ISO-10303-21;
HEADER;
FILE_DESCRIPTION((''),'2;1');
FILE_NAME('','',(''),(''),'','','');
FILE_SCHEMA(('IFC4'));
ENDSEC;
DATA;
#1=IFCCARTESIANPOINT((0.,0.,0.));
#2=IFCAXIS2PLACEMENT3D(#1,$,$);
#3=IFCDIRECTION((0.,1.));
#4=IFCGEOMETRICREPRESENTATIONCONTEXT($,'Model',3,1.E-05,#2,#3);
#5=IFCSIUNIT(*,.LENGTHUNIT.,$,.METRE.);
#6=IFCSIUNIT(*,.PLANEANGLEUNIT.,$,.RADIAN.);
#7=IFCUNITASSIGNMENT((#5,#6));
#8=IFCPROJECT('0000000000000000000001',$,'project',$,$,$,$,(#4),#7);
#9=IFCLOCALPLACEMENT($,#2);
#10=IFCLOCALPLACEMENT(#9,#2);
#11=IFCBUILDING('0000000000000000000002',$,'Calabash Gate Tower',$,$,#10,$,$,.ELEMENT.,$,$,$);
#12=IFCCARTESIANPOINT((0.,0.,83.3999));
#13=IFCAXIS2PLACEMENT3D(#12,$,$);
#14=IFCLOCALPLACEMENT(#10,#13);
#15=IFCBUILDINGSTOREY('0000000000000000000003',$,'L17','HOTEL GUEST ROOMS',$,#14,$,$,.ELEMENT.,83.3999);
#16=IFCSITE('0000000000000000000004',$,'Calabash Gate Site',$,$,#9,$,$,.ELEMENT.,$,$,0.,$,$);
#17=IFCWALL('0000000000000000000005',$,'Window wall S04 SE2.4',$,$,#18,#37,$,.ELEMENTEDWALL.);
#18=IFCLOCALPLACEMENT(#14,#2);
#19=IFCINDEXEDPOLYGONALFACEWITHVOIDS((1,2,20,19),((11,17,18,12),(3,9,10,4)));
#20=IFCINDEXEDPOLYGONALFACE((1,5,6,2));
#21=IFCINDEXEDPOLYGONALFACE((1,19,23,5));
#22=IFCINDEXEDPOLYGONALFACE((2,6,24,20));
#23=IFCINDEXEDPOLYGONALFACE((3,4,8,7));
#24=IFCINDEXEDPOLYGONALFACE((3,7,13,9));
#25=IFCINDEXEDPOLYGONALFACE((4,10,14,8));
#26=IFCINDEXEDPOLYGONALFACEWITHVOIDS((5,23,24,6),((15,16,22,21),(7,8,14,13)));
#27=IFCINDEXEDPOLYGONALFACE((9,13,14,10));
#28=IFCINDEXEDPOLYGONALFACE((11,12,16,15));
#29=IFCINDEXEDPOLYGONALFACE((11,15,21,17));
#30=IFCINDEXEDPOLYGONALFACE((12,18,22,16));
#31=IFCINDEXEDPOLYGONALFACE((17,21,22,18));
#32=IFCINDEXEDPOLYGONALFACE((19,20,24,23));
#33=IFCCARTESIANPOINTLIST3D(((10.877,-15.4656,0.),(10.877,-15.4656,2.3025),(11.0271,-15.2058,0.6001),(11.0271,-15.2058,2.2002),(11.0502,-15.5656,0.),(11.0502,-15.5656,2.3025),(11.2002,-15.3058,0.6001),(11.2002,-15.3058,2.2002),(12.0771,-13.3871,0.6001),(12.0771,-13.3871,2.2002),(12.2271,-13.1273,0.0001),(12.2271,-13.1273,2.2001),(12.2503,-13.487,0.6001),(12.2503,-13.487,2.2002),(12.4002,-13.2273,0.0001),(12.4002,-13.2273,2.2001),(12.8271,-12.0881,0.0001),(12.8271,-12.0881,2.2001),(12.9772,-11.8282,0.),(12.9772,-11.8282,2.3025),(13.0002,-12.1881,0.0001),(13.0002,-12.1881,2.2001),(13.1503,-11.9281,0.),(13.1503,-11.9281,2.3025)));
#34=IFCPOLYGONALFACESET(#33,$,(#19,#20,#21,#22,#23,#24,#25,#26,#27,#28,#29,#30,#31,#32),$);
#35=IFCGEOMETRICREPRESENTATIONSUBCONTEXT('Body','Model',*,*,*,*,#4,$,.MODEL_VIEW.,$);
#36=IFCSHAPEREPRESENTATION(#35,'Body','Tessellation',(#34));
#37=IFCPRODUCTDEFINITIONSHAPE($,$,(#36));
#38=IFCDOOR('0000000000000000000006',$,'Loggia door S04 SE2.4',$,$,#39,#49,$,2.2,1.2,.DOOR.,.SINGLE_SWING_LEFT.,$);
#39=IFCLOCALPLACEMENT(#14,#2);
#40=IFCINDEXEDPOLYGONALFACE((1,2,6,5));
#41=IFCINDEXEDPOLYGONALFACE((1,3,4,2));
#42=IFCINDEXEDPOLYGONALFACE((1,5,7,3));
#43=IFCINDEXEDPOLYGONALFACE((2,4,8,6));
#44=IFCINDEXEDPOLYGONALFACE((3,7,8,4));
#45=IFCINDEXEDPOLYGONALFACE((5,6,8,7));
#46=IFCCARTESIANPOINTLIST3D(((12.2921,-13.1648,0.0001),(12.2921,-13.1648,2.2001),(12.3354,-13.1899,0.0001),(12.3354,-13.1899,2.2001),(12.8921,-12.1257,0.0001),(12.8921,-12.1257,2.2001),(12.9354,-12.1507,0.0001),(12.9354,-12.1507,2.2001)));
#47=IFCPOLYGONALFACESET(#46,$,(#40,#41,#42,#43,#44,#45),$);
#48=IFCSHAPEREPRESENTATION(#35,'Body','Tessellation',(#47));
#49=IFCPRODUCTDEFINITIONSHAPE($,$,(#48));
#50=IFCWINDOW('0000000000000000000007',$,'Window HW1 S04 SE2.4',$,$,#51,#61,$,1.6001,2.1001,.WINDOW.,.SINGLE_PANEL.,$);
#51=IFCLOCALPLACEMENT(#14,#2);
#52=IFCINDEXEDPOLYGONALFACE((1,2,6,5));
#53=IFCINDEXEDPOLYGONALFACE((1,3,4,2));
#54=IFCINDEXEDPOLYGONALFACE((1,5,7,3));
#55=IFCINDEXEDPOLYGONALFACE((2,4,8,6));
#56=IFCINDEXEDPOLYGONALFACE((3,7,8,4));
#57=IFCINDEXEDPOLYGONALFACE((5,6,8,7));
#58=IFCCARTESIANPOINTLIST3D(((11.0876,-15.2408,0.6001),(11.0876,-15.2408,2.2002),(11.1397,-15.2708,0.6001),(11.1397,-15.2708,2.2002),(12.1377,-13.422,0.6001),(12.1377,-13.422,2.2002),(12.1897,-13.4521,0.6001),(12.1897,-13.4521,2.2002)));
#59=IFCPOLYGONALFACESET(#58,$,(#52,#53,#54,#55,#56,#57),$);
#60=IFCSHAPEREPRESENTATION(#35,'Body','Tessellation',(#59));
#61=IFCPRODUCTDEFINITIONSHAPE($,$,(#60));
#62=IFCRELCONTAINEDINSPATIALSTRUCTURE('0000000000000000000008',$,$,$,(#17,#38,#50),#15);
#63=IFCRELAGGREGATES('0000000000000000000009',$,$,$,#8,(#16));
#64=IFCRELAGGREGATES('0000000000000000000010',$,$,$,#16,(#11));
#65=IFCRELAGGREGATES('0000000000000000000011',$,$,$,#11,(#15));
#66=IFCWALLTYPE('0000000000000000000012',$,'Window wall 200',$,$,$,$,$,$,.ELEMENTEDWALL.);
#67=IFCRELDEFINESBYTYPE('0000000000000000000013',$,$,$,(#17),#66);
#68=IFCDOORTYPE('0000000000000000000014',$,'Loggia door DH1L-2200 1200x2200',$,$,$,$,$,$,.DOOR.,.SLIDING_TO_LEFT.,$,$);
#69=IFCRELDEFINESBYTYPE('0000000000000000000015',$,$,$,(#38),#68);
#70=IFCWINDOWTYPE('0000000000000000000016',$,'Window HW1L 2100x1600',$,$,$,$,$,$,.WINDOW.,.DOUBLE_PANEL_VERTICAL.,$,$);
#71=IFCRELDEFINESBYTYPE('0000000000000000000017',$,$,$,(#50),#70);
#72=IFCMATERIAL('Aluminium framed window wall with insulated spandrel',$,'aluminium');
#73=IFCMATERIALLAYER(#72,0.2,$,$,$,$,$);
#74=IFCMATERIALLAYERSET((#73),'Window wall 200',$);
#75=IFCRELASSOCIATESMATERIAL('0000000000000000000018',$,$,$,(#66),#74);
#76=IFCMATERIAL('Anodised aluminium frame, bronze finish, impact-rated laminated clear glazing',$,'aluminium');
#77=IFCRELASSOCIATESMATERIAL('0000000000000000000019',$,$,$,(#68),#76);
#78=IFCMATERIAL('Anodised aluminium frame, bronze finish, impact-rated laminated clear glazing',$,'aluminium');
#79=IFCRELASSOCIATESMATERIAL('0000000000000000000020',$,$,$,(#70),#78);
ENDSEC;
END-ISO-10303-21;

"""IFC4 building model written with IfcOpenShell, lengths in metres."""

from ifc_helpers import new_model, si_unit, direction, frame, frame_2d, origin, place, context, subcontext, project, spatial, rectangle, extrude, material, layer, layer_set, type_object, element, fill, save


model = new_model("IFC4")

# Units and contexts
model_context = context("Model", 3, precision=1e-05, world=origin(), true_north=direction((0.0, 1.0)))
body_context = subcontext(model_context, "Body", "Model", "MODEL_VIEW")
ifc_project = project(units=[si_unit("LENGTHUNIT", "METRE"), si_unit("PLANEANGLEUNIT", "RADIAN")], contexts=[model_context])

# Site, building, storey
site_placement = place(None, origin())
site = spatial("IfcSite", under=ifc_project, at=site_placement, Name="Calabash Gate Site", CompositionType="ELEMENT", RefElevation=0.0)
building_placement = place(site_placement, origin())
building = spatial("IfcBuilding", under=site, at=building_placement, Name="Calabash Gate Tower", CompositionType="ELEMENT")
storey_placement = place(building_placement, frame((0.0, 0.0, 83.3999)))
storey = spatial("IfcBuildingStorey", under=building, at=storey_placement, Name="L17", Description="HOTEL GUEST ROOMS", CompositionType="ELEMENT", Elevation=83.3999)

# Wall, openings, door, window
ifc_material_1 = material(Name="Aluminium framed window wall with insulated spandrel", Category="aluminium")
ifc_layer_1 = layer(ifc_material_1, 0.2)
ifc_layer_set_1 = layer_set([ifc_layer_1], Name="Window wall 200")
wall_type_1 = type_object("IfcWallType", Name="Window wall 200", PredefinedType="ELEMENTEDWALL", material=ifc_layer_set_1)
wall_1_placement = place(storey_placement, frame((10.9636, -15.5156, 0.0), z_axis=(0.0, 0.0, 1.0), x_axis=(0.500003, 0.866024, 0.0)))
wall_1 = element("IfcWall", 1, at=wall_1_placement, inside=storey, type_object=wall_type_1, Name="Window wall S04 SE2.4", PredefinedType="ELEMENTEDWALL", context=body_context, shape_type="SweptSolid", body=[
    extrude(rectangle(XDim=4.2002, YDim=0.2, at=frame_2d((2.1001, 0.0))), origin(), (0.0, 0.0, 1.0), 2.3025),
])
opening_1_placement = place(wall_1_placement, frame((0.3, 0.0, 0.6001)))
opening_1 = element("IfcOpeningElement", 2, at=opening_1_placement, cuts=wall_1, PredefinedType="OPENING", context=body_context, shape_type="SweptSolid", body=[
    extrude(rectangle(XDim=2.1001, YDim=1.6001, at=frame_2d((1.05, 0.8))), frame((0.0, 0.1099, 0.0), z_axis=(0.0, -1.0, 0.0), x_axis=(1.0, 0.0, 0.0)), (0.0, 0.0, 1.0), 0.22),
])
opening_2_placement = place(wall_1_placement, frame((2.7, 0.0, 0.0)))
opening_2 = element("IfcOpeningElement", 3, at=opening_2_placement, cuts=wall_1, PredefinedType="OPENING", context=body_context, shape_type="SweptSolid", body=[
    extrude(rectangle(XDim=1.2, YDim=2.2, at=frame_2d((0.6001, 1.1001))), frame((0.0, 0.1099, 0.0), z_axis=(0.0, -1.0, 0.0), x_axis=(1.0, 0.0, 0.0)), (0.0, 0.0, 1.0), 0.22),
])
ifc_material_2 = material(Name="Anodised aluminium frame, bronze finish, impact-rated laminated clear glazing", Category="aluminium")
door_type_1 = type_object("IfcDoorType", Name="Loggia door DH1L-2200 1200x2200", OperationType="SLIDING_TO_LEFT", PredefinedType="DOOR", material=ifc_material_2)
door_1_placement = place(opening_2_placement, origin())
door_1 = element("IfcDoor", 4, at=door_1_placement, inside=storey, type_object=door_type_1, Name="Loggia door S04 SE2.4", OperationType="SINGLE_SWING_LEFT", OverallHeight=2.2, OverallWidth=1.2, PredefinedType="DOOR", context=body_context, shape_type="SweptSolid", body=[
    extrude(rectangle(XDim=1.2, YDim=2.2, at=frame_2d((0.6001, 1.1001))), frame((0.0, 0.0249, 0.0), z_axis=(0.0, -1.0, 0.0), x_axis=(1.0, 0.0, 0.0)), (0.0, 0.0, 1.0), 0.05),
])
fill(opening_2, door_1)
ifc_material_3 = material(Name="Anodised aluminium frame, bronze finish, impact-rated laminated clear glazing", Category="aluminium")
window_type_1 = type_object("IfcWindowType", Name="Window HW1L 2100x1600", PartitioningType="DOUBLE_PANEL_VERTICAL", PredefinedType="WINDOW", material=ifc_material_3)
window_1_placement = place(opening_1_placement, origin())
window_1 = element("IfcWindow", 5, at=window_1_placement, inside=storey, type_object=window_type_1, Name="Window HW1 S04 SE2.4", OverallHeight=1.6001, OverallWidth=2.1001, PartitioningType="SINGLE_PANEL", PredefinedType="WINDOW", context=body_context, shape_type="SweptSolid", body=[
    extrude(rectangle(XDim=2.1001, YDim=1.6001, at=frame_2d((1.05, 0.8))), frame((0.0, 0.03, 0.0), z_axis=(0.0, -1.0, 0.0), x_axis=(1.0, 0.0, 0.0)), (0.0, 0.0, 1.0), 0.0601),
])
fill(opening_1, window_1)

save(model, "model.ifc")
